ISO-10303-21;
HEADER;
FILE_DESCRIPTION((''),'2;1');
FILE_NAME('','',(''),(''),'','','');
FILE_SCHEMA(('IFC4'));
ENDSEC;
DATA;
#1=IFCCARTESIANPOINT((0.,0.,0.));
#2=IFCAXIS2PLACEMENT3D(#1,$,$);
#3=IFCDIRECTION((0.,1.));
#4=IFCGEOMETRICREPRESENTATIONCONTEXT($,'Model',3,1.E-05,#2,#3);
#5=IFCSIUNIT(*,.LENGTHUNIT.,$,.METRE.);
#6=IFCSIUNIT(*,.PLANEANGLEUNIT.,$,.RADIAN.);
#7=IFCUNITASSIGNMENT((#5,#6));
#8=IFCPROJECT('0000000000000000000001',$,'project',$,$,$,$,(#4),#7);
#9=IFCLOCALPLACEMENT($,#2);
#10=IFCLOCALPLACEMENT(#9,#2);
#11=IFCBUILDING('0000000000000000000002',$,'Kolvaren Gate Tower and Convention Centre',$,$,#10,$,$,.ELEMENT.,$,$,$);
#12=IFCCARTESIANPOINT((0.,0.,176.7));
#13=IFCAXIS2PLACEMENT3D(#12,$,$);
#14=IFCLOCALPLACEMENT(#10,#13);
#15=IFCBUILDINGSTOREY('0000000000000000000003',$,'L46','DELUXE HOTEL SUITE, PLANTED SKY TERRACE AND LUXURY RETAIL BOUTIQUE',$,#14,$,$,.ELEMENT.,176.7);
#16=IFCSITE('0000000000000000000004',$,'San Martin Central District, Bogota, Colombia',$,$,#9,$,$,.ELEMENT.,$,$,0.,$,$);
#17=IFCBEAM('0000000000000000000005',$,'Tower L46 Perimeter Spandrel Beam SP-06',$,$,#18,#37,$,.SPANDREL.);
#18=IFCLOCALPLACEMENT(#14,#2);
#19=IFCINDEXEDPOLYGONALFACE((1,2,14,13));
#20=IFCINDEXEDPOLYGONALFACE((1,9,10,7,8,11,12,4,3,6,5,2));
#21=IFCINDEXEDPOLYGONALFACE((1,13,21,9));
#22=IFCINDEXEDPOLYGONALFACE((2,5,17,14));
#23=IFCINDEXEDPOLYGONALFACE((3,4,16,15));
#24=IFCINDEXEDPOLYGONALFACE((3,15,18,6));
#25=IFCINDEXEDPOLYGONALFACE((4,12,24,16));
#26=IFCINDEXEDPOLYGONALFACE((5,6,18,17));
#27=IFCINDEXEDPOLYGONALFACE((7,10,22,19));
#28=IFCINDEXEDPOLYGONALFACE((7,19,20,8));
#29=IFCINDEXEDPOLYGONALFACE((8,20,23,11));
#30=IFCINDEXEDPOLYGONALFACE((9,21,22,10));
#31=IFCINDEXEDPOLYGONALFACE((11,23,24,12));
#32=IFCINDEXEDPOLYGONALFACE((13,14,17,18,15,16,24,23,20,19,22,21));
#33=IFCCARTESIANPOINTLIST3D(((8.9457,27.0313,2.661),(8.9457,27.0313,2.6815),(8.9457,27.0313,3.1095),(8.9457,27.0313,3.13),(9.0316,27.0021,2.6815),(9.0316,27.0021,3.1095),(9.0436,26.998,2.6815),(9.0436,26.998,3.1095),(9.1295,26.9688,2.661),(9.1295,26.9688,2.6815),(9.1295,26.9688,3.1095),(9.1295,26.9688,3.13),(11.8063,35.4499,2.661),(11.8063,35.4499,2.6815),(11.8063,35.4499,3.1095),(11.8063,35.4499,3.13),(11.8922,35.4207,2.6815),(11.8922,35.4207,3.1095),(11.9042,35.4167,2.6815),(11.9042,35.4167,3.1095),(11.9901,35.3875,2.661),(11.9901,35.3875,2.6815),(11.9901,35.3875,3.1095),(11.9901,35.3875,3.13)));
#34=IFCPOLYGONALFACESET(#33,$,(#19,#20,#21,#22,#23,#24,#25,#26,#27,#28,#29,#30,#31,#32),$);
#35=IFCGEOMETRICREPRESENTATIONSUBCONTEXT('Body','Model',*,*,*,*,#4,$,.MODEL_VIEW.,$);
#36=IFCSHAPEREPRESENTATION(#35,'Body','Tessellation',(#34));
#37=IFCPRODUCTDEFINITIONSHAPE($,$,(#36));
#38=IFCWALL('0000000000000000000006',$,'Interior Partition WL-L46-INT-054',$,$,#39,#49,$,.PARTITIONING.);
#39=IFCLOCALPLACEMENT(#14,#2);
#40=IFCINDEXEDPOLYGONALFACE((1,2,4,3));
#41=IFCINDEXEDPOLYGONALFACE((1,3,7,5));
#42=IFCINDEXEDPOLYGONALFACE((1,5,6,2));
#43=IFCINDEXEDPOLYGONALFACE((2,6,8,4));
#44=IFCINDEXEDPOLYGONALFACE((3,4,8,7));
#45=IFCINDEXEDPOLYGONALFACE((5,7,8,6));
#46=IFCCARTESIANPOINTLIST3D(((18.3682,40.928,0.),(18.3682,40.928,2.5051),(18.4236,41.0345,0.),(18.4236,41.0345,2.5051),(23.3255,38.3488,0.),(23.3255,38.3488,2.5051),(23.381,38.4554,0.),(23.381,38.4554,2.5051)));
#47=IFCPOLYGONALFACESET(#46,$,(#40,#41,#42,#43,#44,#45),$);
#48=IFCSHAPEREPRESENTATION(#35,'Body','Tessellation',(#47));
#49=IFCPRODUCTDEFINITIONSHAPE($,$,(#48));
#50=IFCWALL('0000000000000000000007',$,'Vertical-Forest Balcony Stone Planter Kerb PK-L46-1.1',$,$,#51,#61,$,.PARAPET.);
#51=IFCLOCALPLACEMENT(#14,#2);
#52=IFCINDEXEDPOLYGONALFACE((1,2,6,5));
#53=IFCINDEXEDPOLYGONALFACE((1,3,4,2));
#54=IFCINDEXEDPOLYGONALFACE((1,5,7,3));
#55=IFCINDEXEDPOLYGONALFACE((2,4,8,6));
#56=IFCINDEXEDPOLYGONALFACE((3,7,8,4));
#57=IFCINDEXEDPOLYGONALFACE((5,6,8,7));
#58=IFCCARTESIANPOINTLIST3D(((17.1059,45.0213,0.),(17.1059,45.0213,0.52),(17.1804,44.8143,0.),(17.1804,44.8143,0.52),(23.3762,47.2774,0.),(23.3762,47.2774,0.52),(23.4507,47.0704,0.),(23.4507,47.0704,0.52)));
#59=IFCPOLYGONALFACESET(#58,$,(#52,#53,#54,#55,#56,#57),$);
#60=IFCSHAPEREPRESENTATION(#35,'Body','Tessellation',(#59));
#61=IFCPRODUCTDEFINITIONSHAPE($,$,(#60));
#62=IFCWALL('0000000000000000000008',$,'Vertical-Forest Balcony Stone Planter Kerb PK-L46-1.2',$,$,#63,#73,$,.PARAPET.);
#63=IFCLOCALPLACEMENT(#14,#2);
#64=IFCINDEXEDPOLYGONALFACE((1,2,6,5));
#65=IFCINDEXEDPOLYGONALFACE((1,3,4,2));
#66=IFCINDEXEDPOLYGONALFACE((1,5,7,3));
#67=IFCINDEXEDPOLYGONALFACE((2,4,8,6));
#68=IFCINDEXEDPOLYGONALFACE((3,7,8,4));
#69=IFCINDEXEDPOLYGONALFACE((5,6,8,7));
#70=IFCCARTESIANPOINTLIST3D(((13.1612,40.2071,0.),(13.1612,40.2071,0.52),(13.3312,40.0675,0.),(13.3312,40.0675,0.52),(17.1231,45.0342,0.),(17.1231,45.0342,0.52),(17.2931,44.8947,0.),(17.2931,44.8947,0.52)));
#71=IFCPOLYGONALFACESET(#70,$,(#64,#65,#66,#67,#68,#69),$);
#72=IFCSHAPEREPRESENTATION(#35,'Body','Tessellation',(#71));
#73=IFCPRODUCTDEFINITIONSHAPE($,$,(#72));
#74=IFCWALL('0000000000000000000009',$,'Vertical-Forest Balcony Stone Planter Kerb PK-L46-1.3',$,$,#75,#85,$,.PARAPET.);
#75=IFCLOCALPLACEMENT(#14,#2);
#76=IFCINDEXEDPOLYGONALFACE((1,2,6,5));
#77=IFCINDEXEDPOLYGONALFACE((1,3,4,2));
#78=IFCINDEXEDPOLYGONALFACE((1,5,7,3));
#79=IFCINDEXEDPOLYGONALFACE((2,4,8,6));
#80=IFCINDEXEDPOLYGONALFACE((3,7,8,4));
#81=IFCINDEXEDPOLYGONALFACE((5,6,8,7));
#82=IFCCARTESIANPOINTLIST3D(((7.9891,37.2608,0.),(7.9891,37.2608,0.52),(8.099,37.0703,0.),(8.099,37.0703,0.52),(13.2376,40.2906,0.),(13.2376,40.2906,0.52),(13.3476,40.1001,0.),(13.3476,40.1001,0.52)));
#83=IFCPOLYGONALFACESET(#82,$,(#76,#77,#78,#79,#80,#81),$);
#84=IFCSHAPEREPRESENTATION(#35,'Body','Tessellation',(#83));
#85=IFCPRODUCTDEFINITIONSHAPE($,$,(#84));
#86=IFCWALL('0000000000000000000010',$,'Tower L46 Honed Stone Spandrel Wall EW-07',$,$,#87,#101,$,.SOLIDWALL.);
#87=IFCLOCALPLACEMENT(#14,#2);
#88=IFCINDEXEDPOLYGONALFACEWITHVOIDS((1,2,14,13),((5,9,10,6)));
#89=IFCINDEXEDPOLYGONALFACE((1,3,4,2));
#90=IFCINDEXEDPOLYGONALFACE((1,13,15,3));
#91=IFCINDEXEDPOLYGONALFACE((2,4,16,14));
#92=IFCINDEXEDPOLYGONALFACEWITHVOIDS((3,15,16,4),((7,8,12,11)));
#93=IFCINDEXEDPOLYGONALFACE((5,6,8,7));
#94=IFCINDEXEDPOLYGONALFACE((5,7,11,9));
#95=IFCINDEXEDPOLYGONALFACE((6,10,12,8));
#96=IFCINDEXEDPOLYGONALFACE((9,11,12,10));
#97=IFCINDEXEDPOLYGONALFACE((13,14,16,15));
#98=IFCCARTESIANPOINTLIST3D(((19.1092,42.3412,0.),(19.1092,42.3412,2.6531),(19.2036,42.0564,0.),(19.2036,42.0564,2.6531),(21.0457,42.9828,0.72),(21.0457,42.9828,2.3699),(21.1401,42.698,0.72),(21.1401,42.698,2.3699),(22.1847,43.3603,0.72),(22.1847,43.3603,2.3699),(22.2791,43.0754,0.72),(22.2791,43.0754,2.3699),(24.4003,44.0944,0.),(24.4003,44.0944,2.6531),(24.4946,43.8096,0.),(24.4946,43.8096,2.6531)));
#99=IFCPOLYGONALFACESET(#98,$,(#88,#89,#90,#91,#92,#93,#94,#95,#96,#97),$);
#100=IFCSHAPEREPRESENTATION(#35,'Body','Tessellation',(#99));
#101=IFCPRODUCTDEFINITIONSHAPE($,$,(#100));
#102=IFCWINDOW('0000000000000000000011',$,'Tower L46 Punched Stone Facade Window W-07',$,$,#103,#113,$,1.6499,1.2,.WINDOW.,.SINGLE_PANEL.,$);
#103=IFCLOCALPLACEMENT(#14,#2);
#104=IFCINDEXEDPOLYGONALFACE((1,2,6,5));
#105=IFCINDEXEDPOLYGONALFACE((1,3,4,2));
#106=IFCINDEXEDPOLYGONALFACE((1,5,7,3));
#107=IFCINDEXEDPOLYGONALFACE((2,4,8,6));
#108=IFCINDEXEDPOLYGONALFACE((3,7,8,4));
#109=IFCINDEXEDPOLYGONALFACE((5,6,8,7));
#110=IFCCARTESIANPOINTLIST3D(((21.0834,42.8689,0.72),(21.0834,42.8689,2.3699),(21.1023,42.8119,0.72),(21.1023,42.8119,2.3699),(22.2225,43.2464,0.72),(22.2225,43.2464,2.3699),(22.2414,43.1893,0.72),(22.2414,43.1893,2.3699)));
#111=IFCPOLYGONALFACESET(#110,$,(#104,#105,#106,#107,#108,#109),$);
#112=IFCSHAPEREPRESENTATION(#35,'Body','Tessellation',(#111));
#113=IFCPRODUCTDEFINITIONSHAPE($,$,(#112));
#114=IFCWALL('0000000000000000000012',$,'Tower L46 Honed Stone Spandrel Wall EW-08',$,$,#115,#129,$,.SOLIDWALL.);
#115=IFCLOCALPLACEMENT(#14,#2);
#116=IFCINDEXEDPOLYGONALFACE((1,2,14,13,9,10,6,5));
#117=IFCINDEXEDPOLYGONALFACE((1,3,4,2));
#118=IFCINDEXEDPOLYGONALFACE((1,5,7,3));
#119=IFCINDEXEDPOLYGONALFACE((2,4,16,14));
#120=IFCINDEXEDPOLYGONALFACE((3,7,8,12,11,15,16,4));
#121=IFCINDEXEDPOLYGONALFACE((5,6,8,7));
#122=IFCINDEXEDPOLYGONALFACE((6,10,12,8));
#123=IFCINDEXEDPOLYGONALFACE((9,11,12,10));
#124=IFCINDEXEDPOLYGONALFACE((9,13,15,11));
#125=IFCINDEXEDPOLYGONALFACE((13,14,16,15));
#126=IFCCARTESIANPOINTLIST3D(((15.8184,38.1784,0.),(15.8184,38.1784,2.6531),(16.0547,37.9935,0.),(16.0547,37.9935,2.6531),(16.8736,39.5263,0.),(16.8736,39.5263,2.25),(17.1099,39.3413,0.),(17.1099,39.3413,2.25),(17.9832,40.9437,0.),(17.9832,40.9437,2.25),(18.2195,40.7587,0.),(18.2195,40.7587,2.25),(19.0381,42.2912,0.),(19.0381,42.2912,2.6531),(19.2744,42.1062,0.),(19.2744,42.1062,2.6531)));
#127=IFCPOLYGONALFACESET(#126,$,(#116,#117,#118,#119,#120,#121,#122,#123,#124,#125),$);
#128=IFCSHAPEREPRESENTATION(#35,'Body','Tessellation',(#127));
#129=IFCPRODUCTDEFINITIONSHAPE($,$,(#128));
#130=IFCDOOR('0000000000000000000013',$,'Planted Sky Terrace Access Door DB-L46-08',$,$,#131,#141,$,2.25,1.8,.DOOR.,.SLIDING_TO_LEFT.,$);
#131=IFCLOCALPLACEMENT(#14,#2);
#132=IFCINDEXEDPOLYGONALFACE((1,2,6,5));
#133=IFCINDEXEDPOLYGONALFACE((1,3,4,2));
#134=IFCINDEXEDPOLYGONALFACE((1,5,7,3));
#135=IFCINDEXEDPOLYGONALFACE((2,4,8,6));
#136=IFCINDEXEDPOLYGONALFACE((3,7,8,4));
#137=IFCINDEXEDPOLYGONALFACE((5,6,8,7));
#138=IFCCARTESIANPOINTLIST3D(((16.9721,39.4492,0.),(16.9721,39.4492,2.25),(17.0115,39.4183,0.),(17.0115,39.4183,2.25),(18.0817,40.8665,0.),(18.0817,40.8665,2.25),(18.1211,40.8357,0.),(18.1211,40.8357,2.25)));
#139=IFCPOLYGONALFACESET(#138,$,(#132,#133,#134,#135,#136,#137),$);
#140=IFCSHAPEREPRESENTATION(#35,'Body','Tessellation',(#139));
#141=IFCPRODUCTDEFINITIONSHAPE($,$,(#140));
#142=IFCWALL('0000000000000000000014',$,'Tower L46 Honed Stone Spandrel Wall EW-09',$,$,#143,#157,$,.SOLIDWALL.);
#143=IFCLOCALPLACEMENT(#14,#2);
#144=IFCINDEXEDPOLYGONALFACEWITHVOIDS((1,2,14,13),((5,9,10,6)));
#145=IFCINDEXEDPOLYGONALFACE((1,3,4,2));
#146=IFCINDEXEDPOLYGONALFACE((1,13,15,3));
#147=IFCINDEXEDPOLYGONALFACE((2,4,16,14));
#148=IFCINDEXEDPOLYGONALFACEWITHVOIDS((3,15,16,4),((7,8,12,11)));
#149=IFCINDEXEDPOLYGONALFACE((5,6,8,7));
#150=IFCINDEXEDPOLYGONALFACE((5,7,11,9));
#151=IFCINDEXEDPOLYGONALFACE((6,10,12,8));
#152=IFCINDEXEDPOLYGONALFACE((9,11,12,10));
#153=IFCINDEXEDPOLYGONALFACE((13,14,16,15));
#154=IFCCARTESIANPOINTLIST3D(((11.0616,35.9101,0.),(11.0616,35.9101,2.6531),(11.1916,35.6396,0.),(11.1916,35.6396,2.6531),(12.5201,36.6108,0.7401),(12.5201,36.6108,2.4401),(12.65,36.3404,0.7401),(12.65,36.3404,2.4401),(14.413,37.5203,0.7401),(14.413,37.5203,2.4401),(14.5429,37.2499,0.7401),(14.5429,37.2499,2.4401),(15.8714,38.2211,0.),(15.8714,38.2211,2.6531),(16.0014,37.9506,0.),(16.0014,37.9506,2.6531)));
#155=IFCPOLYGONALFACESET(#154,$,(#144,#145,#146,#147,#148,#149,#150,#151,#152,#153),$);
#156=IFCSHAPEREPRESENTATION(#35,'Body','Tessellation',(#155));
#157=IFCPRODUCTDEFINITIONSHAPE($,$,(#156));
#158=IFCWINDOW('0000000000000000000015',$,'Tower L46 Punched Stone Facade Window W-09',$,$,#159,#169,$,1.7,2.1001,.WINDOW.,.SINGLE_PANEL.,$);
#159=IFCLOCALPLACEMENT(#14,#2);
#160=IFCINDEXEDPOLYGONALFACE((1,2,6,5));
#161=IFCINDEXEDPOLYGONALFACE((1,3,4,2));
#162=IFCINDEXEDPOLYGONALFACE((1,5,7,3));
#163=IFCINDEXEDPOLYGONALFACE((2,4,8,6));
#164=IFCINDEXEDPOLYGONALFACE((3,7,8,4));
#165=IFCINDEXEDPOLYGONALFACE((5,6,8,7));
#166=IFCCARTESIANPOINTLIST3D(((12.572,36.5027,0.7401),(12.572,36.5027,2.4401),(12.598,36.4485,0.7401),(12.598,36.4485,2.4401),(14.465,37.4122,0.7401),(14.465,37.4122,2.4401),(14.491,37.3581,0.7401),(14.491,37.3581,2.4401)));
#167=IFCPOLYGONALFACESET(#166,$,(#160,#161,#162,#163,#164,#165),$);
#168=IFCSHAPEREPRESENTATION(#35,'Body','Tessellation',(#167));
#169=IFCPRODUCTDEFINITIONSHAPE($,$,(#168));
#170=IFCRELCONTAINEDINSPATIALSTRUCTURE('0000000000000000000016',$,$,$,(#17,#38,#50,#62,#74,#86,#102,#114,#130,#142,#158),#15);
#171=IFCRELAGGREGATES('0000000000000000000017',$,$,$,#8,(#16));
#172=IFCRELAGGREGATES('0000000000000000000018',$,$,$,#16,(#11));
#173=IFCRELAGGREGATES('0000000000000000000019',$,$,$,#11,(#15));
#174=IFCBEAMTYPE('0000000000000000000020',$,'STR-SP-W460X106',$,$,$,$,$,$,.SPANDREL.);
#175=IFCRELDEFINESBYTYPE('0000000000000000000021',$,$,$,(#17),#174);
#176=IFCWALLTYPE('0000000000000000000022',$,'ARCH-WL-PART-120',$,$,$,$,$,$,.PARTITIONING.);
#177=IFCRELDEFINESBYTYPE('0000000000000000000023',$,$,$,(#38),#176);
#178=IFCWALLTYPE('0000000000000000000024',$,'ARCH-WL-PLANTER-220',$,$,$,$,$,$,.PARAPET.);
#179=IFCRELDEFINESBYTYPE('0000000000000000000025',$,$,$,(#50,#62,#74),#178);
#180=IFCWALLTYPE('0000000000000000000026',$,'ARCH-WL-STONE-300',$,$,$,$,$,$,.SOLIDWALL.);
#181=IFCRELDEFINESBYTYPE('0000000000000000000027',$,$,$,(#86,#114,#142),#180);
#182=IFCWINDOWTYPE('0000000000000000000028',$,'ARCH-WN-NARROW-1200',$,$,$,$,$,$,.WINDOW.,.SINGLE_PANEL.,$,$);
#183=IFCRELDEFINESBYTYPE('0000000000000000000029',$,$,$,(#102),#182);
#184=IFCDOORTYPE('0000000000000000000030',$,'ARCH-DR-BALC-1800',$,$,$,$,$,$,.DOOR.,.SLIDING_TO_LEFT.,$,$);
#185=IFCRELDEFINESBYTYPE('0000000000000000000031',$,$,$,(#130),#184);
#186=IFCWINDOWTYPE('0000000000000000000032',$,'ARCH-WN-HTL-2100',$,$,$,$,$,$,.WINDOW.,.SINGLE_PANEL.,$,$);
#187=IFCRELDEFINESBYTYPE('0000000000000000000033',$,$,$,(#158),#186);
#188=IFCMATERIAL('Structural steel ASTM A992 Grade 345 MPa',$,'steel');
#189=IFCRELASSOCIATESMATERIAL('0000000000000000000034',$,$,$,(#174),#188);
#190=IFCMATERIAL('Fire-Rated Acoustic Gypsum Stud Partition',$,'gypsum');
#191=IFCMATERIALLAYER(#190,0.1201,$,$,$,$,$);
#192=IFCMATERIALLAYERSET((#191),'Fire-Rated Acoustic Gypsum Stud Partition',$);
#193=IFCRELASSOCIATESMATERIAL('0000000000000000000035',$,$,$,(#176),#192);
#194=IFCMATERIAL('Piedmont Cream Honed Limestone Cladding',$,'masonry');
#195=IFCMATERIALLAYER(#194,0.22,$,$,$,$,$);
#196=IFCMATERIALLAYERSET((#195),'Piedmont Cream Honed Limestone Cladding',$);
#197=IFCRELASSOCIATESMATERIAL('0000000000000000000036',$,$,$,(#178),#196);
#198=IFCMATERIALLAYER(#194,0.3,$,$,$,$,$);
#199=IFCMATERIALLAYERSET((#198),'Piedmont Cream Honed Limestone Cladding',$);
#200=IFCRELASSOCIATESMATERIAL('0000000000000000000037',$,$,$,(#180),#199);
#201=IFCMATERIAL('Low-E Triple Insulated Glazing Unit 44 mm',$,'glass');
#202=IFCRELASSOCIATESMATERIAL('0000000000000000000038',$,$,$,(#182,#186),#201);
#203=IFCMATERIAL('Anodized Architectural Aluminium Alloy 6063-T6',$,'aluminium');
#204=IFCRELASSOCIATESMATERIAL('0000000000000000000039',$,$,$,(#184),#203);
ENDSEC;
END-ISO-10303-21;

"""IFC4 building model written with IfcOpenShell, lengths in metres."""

from ifc_helpers import new_model, si_unit, direction, frame, frame_2d, origin, origin_2d, place, context, subcontext, project, spatial, rectangle, i_section, extrude, material, layer, layer_set, material_profile, profile_set, type_object, element, fill, save


model = new_model("IFC4")

# Units and contexts
model_context = context("Model", 3, precision=1e-05, world=origin(), true_north=direction((0.0, 1.0)))
body_context = subcontext(model_context, "Body", "Model", "MODEL_VIEW")
ifc_project = project(units=[si_unit("LENGTHUNIT", "METRE"), si_unit("PLANEANGLEUNIT", "RADIAN")], contexts=[model_context])

# Site, building, storey
site_placement = place(None, origin())
site = spatial("IfcSite", under=ifc_project, at=site_placement, Name="San Martin Central District, Bogota, Colombia", CompositionType="ELEMENT", RefElevation=0.0)
building_placement = place(site_placement, origin())
building = spatial("IfcBuilding", under=site, at=building_placement, Name="Kolvaren Gate Tower and Convention Centre", CompositionType="ELEMENT")
storey_placement = place(building_placement, frame((0.0, 0.0, 176.7)))
storey = spatial("IfcBuildingStorey", under=building, at=storey_placement, Name="L46", Description="DELUXE HOTEL SUITE, PLANTED SKY TERRACE AND LUXURY RETAIL BOUTIQUE", CompositionType="ELEMENT", Elevation=176.7)

# Beam
ifc_material_1 = material(Name="Structural steel ASTM A992 Grade 345 MPa", Category="steel")
ifc_material_profile_1 = material_profile(ifc_material_1, i_section(OverallWidth=0.1941, OverallDepth=0.469, WebThickness=0.0127, FlangeThickness=0.0205, at=origin_2d()), Name="W460X106")
ifc_profile_set_1 = profile_set([ifc_material_profile_1], Name="Structural steel ASTM A992 Grade 345 MPa")
beam_type_1 = type_object("IfcBeamType", Name="STR-SP-W460X106", PredefinedType="SPANDREL", material=ifc_profile_set_1)
beam_1_placement = place(storey_placement, frame((11.8982, 35.4187, 2.8955), z_axis=(-0.321725, -0.946833, 0.0), x_axis=(0.946833, -0.321725, 0.0)))
element("IfcBeam", 1, at=beam_1_placement, inside=storey, type_object=beam_type_1, Name="Tower L46 Perimeter Spandrel Beam SP-06", PredefinedType="SPANDREL", context=body_context, shape_type="SweptSolid", body=[
    extrude(i_section(OverallWidth=0.1941, OverallDepth=0.469, WebThickness=0.0127, FlangeThickness=0.0205, at=origin_2d()), origin(), (0.0, 0.0, 1.0), 8.8914),
])

# Walls
ifc_material_2 = material(Name="Fire-Rated Acoustic Gypsum Stud Partition", Category="gypsum")
ifc_layer_1 = layer(ifc_material_2, 0.1201)
ifc_layer_set_1 = layer_set([ifc_layer_1], Name="Fire-Rated Acoustic Gypsum Stud Partition")
wall_type_1 = type_object("IfcWallType", Name="ARCH-WL-PART-120", PredefinedType="PARTITIONING", material=ifc_layer_set_1)
wall_1_placement = place(storey_placement, frame((18.396, 40.9812, 0.0), z_axis=(0.0, 0.0, 1.0), x_axis=(0.88712, -0.461538, 0.0)))
element("IfcWall", 2, at=wall_1_placement, inside=storey, type_object=wall_type_1, Name="Interior Partition WL-L46-INT-054", PredefinedType="PARTITIONING", context=body_context, shape_type="SweptSolid", body=[
    extrude(rectangle(XDim=5.5881, YDim=0.1201, at=frame_2d((2.7939, 0.0))), origin(), (0.0, 0.0, 1.0), 2.5051),
])
ifc_material_3 = material(Name="Piedmont Cream Honed Limestone Cladding", Category="masonry")
ifc_layer_2 = layer(ifc_material_3, 0.22)
ifc_layer_set_2 = layer_set([ifc_layer_2], Name="Piedmont Cream Honed Limestone Cladding")
wall_type_2 = type_object("IfcWallType", Name="ARCH-WL-PLANTER-220", PredefinedType="PARAPET", material=ifc_layer_set_2)
wall_2_placement = place(storey_placement, frame((17.1431, 44.9177, 0.0), z_axis=(0.0, 0.0, 1.0), x_axis=(0.940944, 0.338561, 0.0)))
element("IfcWall", 3, at=wall_2_placement, inside=storey, type_object=wall_type_2, Name="Vertical-Forest Balcony Stone Planter Kerb PK-L46-1.1", PredefinedType="PARAPET", context=body_context, shape_type="SweptSolid", body=[
    extrude(rectangle(XDim=6.6638, YDim=0.22, at=frame_2d((3.332, 0.0))), origin(), (0.0, 0.0, 1.0), 0.52),
])
wall_3_placement = place(storey_placement, frame((13.2461, 40.1372, 0.0), z_axis=(0.0, 0.0, 1.0), x_axis=(0.634429, 0.772981, 0.0)))
element("IfcWall", 4, at=wall_3_placement, inside=storey, type_object=wall_type_2, Name="Vertical-Forest Balcony Stone Planter Kerb PK-L46-1.2", PredefinedType="PARAPET", context=body_context, shape_type="SweptSolid", body=[
    extrude(rectangle(XDim=6.2449, YDim=0.22, at=frame_2d((3.1226, 0.0))), origin(), (0.0, 0.0, 1.0), 0.52),
])
wall_4_placement = place(storey_placement, frame((8.0439, 37.1655, 0.0), z_axis=(0.0, 0.0, 1.0), x_axis=(0.866058, 0.499943, 0.0)))
element("IfcWall", 5, at=wall_4_placement, inside=storey, type_object=wall_type_2, Name="Vertical-Forest Balcony Stone Planter Kerb PK-L46-1.3", PredefinedType="PARAPET", context=body_context, shape_type="SweptSolid", body=[
    extrude(rectangle(XDim=6.0603, YDim=0.22, at=frame_2d((3.0303, 0.0))), origin(), (0.0, 0.0, 1.0), 0.52),
])

# Wall, opening, window
ifc_layer_3 = layer(ifc_material_3, 0.3)
ifc_layer_set_3 = layer_set([ifc_layer_3], Name="Piedmont Cream Honed Limestone Cladding")
wall_type_3 = type_object("IfcWallType", Name="ARCH-WL-STONE-300", PredefinedType="SOLIDWALL", material=ifc_layer_set_3)
wall_5_placement = place(storey_placement, frame((19.1562, 42.1987, 0.0), z_axis=(0.0, 0.0, 1.0), x_axis=(0.949247, 0.314532, 0.0)))
wall_5 = element("IfcWall", 6, at=wall_5_placement, inside=storey, type_object=wall_type_3, Name="Tower L46 Honed Stone Spandrel Wall EW-07", PredefinedType="SOLIDWALL", context=body_context, shape_type="SweptSolid", body=[
    extrude(rectangle(XDim=5.574, YDim=0.3, at=frame_2d((2.7871, 0.0))), origin(), (0.0, 0.0, 1.0), 2.6531),
])
opening_1_placement = place(wall_5_placement, frame((2.04, 0.0, 0.72)))
opening_1 = element("IfcOpeningElement", 7, at=opening_1_placement, cuts=wall_5, PredefinedType="OPENING", context=body_context, shape_type="SweptSolid", body=[
    extrude(rectangle(XDim=1.2, YDim=1.6499, at=frame_2d((0.6001, 0.825))), frame((0.0, 0.1599, 0.0), z_axis=(0.0, -1.0, 0.0), x_axis=(1.0, 0.0, 0.0)), (0.0, 0.0, 1.0), 0.3201),
])
ifc_material_4 = material(Name="Low-E Triple Insulated Glazing Unit 44 mm", Category="glass")
window_type_1 = type_object("IfcWindowType", Name="ARCH-WN-NARROW-1200", PartitioningType="SINGLE_PANEL", PredefinedType="WINDOW", material=ifc_material_4)
window_1_placement = place(opening_1_placement, origin())
window_1 = element("IfcWindow", 8, at=window_1_placement, inside=storey, type_object=window_type_1, Name="Tower L46 Punched Stone Facade Window W-07", OverallHeight=1.6499, OverallWidth=1.2, PartitioningType="SINGLE_PANEL", PredefinedType="WINDOW", context=body_context, shape_type="SweptSolid", body=[
    extrude(rectangle(XDim=1.2, YDim=1.6499, at=frame_2d((0.6001, 0.825))), frame((0.0, 0.03, 0.0), z_axis=(0.0, -1.0, 0.0), x_axis=(1.0, 0.0, 0.0)), (0.0, 0.0, 1.0), 0.0601),
])
fill(opening_1, window_1)

# Wall, opening, door
wall_6_placement = place(storey_placement, frame((15.9365, 38.0859, 0.0), z_axis=(0.0, 0.0, 1.0), x_axis=(0.616429, 0.78741, 0.0)))
wall_6 = element("IfcWall", 9, at=wall_6_placement, inside=storey, type_object=wall_type_3, Name="Tower L46 Honed Stone Spandrel Wall EW-08", PredefinedType="SOLIDWALL", context=body_context, shape_type="SweptSolid", body=[
    extrude(rectangle(XDim=5.2231, YDim=0.3, at=frame_2d((2.6116, 0.0))), origin(), (0.0, 0.0, 1.0), 2.6531),
])
opening_2_placement = place(wall_6_placement, frame((1.7119, 0.0, 0.0)))
opening_2 = element("IfcOpeningElement", 10, at=opening_2_placement, cuts=wall_6, PredefinedType="OPENING", context=body_context, shape_type="SweptSolid", body=[
    extrude(rectangle(XDim=1.8, YDim=2.25, at=frame_2d((0.8999, 1.125))), frame((0.0, 0.1599, 0.0), z_axis=(0.0, -1.0, 0.0), x_axis=(1.0, 0.0, 0.0)), (0.0, 0.0, 1.0), 0.3201),
])
ifc_material_5 = material(Name="Anodized Architectural Aluminium Alloy 6063-T6", Category="aluminium")
door_type_1 = type_object("IfcDoorType", Name="ARCH-DR-BALC-1800", OperationType="SLIDING_TO_LEFT", PredefinedType="DOOR", material=ifc_material_5)
door_1_placement = place(opening_2_placement, origin())
door_1 = element("IfcDoor", 11, at=door_1_placement, inside=storey, type_object=door_type_1, Name="Planted Sky Terrace Access Door DB-L46-08", OperationType="SLIDING_TO_LEFT", OverallHeight=2.25, OverallWidth=1.8, PredefinedType="DOOR", context=body_context, shape_type="SweptSolid", body=[
    extrude(rectangle(XDim=1.8, YDim=2.25, at=frame_2d((0.8999, 1.125))), frame((0.0, 0.0249, 0.0), z_axis=(0.0, -1.0, 0.0), x_axis=(1.0, 0.0, 0.0)), (0.0, 0.0, 1.0), 0.05),
])
fill(opening_2, door_1)

# Wall, opening, window
wall_7_placement = place(storey_placement, frame((11.1267, 35.7749, 0.0), z_axis=(0.0, 0.0, 1.0), x_axis=(0.901353, 0.433085, 0.0)))
wall_7 = element("IfcWall", 12, at=wall_7_placement, inside=storey, type_object=wall_type_3, Name="Tower L46 Honed Stone Spandrel Wall EW-09", PredefinedType="SOLIDWALL", context=body_context, shape_type="SweptSolid", body=[
    extrude(rectangle(XDim=5.3362, YDim=0.3, at=frame_2d((2.668, 0.0))), origin(), (0.0, 0.0, 1.0), 2.6531),
])
opening_3_placement = place(wall_7_placement, frame((1.6179, 0.0, 0.74)))
opening_3 = element("IfcOpeningElement", 13, at=opening_3_placement, cuts=wall_7, PredefinedType="OPENING", context=body_context, shape_type="SweptSolid", body=[
    extrude(rectangle(XDim=2.1001, YDim=1.7, at=frame_2d((1.05, 0.8501))), frame((0.0, 0.1599, 0.0), z_axis=(0.0, -1.0, 0.0), x_axis=(1.0, 0.0, 0.0)), (0.0, 0.0, 1.0), 0.3201),
])
window_type_2 = type_object("IfcWindowType", Name="ARCH-WN-HTL-2100", PartitioningType="SINGLE_PANEL", PredefinedType="WINDOW", material=ifc_material_4)
window_2_placement = place(opening_3_placement, origin())
window_2 = element("IfcWindow", 14, at=window_2_placement, inside=storey, type_object=window_type_2, Name="Tower L46 Punched Stone Facade Window W-09", OverallHeight=1.7, OverallWidth=2.1001, PartitioningType="SINGLE_PANEL", PredefinedType="WINDOW", context=body_context, shape_type="SweptSolid", body=[
    extrude(rectangle(XDim=2.1001, YDim=1.7, at=frame_2d((1.05, 0.8501))), frame((0.0, 0.03, 0.0), z_axis=(0.0, -1.0, 0.0), x_axis=(1.0, 0.0, 0.0)), (0.0, 0.0, 1.0), 0.0601),
])
fill(opening_3, window_2)

save(model, "model.ifc")
